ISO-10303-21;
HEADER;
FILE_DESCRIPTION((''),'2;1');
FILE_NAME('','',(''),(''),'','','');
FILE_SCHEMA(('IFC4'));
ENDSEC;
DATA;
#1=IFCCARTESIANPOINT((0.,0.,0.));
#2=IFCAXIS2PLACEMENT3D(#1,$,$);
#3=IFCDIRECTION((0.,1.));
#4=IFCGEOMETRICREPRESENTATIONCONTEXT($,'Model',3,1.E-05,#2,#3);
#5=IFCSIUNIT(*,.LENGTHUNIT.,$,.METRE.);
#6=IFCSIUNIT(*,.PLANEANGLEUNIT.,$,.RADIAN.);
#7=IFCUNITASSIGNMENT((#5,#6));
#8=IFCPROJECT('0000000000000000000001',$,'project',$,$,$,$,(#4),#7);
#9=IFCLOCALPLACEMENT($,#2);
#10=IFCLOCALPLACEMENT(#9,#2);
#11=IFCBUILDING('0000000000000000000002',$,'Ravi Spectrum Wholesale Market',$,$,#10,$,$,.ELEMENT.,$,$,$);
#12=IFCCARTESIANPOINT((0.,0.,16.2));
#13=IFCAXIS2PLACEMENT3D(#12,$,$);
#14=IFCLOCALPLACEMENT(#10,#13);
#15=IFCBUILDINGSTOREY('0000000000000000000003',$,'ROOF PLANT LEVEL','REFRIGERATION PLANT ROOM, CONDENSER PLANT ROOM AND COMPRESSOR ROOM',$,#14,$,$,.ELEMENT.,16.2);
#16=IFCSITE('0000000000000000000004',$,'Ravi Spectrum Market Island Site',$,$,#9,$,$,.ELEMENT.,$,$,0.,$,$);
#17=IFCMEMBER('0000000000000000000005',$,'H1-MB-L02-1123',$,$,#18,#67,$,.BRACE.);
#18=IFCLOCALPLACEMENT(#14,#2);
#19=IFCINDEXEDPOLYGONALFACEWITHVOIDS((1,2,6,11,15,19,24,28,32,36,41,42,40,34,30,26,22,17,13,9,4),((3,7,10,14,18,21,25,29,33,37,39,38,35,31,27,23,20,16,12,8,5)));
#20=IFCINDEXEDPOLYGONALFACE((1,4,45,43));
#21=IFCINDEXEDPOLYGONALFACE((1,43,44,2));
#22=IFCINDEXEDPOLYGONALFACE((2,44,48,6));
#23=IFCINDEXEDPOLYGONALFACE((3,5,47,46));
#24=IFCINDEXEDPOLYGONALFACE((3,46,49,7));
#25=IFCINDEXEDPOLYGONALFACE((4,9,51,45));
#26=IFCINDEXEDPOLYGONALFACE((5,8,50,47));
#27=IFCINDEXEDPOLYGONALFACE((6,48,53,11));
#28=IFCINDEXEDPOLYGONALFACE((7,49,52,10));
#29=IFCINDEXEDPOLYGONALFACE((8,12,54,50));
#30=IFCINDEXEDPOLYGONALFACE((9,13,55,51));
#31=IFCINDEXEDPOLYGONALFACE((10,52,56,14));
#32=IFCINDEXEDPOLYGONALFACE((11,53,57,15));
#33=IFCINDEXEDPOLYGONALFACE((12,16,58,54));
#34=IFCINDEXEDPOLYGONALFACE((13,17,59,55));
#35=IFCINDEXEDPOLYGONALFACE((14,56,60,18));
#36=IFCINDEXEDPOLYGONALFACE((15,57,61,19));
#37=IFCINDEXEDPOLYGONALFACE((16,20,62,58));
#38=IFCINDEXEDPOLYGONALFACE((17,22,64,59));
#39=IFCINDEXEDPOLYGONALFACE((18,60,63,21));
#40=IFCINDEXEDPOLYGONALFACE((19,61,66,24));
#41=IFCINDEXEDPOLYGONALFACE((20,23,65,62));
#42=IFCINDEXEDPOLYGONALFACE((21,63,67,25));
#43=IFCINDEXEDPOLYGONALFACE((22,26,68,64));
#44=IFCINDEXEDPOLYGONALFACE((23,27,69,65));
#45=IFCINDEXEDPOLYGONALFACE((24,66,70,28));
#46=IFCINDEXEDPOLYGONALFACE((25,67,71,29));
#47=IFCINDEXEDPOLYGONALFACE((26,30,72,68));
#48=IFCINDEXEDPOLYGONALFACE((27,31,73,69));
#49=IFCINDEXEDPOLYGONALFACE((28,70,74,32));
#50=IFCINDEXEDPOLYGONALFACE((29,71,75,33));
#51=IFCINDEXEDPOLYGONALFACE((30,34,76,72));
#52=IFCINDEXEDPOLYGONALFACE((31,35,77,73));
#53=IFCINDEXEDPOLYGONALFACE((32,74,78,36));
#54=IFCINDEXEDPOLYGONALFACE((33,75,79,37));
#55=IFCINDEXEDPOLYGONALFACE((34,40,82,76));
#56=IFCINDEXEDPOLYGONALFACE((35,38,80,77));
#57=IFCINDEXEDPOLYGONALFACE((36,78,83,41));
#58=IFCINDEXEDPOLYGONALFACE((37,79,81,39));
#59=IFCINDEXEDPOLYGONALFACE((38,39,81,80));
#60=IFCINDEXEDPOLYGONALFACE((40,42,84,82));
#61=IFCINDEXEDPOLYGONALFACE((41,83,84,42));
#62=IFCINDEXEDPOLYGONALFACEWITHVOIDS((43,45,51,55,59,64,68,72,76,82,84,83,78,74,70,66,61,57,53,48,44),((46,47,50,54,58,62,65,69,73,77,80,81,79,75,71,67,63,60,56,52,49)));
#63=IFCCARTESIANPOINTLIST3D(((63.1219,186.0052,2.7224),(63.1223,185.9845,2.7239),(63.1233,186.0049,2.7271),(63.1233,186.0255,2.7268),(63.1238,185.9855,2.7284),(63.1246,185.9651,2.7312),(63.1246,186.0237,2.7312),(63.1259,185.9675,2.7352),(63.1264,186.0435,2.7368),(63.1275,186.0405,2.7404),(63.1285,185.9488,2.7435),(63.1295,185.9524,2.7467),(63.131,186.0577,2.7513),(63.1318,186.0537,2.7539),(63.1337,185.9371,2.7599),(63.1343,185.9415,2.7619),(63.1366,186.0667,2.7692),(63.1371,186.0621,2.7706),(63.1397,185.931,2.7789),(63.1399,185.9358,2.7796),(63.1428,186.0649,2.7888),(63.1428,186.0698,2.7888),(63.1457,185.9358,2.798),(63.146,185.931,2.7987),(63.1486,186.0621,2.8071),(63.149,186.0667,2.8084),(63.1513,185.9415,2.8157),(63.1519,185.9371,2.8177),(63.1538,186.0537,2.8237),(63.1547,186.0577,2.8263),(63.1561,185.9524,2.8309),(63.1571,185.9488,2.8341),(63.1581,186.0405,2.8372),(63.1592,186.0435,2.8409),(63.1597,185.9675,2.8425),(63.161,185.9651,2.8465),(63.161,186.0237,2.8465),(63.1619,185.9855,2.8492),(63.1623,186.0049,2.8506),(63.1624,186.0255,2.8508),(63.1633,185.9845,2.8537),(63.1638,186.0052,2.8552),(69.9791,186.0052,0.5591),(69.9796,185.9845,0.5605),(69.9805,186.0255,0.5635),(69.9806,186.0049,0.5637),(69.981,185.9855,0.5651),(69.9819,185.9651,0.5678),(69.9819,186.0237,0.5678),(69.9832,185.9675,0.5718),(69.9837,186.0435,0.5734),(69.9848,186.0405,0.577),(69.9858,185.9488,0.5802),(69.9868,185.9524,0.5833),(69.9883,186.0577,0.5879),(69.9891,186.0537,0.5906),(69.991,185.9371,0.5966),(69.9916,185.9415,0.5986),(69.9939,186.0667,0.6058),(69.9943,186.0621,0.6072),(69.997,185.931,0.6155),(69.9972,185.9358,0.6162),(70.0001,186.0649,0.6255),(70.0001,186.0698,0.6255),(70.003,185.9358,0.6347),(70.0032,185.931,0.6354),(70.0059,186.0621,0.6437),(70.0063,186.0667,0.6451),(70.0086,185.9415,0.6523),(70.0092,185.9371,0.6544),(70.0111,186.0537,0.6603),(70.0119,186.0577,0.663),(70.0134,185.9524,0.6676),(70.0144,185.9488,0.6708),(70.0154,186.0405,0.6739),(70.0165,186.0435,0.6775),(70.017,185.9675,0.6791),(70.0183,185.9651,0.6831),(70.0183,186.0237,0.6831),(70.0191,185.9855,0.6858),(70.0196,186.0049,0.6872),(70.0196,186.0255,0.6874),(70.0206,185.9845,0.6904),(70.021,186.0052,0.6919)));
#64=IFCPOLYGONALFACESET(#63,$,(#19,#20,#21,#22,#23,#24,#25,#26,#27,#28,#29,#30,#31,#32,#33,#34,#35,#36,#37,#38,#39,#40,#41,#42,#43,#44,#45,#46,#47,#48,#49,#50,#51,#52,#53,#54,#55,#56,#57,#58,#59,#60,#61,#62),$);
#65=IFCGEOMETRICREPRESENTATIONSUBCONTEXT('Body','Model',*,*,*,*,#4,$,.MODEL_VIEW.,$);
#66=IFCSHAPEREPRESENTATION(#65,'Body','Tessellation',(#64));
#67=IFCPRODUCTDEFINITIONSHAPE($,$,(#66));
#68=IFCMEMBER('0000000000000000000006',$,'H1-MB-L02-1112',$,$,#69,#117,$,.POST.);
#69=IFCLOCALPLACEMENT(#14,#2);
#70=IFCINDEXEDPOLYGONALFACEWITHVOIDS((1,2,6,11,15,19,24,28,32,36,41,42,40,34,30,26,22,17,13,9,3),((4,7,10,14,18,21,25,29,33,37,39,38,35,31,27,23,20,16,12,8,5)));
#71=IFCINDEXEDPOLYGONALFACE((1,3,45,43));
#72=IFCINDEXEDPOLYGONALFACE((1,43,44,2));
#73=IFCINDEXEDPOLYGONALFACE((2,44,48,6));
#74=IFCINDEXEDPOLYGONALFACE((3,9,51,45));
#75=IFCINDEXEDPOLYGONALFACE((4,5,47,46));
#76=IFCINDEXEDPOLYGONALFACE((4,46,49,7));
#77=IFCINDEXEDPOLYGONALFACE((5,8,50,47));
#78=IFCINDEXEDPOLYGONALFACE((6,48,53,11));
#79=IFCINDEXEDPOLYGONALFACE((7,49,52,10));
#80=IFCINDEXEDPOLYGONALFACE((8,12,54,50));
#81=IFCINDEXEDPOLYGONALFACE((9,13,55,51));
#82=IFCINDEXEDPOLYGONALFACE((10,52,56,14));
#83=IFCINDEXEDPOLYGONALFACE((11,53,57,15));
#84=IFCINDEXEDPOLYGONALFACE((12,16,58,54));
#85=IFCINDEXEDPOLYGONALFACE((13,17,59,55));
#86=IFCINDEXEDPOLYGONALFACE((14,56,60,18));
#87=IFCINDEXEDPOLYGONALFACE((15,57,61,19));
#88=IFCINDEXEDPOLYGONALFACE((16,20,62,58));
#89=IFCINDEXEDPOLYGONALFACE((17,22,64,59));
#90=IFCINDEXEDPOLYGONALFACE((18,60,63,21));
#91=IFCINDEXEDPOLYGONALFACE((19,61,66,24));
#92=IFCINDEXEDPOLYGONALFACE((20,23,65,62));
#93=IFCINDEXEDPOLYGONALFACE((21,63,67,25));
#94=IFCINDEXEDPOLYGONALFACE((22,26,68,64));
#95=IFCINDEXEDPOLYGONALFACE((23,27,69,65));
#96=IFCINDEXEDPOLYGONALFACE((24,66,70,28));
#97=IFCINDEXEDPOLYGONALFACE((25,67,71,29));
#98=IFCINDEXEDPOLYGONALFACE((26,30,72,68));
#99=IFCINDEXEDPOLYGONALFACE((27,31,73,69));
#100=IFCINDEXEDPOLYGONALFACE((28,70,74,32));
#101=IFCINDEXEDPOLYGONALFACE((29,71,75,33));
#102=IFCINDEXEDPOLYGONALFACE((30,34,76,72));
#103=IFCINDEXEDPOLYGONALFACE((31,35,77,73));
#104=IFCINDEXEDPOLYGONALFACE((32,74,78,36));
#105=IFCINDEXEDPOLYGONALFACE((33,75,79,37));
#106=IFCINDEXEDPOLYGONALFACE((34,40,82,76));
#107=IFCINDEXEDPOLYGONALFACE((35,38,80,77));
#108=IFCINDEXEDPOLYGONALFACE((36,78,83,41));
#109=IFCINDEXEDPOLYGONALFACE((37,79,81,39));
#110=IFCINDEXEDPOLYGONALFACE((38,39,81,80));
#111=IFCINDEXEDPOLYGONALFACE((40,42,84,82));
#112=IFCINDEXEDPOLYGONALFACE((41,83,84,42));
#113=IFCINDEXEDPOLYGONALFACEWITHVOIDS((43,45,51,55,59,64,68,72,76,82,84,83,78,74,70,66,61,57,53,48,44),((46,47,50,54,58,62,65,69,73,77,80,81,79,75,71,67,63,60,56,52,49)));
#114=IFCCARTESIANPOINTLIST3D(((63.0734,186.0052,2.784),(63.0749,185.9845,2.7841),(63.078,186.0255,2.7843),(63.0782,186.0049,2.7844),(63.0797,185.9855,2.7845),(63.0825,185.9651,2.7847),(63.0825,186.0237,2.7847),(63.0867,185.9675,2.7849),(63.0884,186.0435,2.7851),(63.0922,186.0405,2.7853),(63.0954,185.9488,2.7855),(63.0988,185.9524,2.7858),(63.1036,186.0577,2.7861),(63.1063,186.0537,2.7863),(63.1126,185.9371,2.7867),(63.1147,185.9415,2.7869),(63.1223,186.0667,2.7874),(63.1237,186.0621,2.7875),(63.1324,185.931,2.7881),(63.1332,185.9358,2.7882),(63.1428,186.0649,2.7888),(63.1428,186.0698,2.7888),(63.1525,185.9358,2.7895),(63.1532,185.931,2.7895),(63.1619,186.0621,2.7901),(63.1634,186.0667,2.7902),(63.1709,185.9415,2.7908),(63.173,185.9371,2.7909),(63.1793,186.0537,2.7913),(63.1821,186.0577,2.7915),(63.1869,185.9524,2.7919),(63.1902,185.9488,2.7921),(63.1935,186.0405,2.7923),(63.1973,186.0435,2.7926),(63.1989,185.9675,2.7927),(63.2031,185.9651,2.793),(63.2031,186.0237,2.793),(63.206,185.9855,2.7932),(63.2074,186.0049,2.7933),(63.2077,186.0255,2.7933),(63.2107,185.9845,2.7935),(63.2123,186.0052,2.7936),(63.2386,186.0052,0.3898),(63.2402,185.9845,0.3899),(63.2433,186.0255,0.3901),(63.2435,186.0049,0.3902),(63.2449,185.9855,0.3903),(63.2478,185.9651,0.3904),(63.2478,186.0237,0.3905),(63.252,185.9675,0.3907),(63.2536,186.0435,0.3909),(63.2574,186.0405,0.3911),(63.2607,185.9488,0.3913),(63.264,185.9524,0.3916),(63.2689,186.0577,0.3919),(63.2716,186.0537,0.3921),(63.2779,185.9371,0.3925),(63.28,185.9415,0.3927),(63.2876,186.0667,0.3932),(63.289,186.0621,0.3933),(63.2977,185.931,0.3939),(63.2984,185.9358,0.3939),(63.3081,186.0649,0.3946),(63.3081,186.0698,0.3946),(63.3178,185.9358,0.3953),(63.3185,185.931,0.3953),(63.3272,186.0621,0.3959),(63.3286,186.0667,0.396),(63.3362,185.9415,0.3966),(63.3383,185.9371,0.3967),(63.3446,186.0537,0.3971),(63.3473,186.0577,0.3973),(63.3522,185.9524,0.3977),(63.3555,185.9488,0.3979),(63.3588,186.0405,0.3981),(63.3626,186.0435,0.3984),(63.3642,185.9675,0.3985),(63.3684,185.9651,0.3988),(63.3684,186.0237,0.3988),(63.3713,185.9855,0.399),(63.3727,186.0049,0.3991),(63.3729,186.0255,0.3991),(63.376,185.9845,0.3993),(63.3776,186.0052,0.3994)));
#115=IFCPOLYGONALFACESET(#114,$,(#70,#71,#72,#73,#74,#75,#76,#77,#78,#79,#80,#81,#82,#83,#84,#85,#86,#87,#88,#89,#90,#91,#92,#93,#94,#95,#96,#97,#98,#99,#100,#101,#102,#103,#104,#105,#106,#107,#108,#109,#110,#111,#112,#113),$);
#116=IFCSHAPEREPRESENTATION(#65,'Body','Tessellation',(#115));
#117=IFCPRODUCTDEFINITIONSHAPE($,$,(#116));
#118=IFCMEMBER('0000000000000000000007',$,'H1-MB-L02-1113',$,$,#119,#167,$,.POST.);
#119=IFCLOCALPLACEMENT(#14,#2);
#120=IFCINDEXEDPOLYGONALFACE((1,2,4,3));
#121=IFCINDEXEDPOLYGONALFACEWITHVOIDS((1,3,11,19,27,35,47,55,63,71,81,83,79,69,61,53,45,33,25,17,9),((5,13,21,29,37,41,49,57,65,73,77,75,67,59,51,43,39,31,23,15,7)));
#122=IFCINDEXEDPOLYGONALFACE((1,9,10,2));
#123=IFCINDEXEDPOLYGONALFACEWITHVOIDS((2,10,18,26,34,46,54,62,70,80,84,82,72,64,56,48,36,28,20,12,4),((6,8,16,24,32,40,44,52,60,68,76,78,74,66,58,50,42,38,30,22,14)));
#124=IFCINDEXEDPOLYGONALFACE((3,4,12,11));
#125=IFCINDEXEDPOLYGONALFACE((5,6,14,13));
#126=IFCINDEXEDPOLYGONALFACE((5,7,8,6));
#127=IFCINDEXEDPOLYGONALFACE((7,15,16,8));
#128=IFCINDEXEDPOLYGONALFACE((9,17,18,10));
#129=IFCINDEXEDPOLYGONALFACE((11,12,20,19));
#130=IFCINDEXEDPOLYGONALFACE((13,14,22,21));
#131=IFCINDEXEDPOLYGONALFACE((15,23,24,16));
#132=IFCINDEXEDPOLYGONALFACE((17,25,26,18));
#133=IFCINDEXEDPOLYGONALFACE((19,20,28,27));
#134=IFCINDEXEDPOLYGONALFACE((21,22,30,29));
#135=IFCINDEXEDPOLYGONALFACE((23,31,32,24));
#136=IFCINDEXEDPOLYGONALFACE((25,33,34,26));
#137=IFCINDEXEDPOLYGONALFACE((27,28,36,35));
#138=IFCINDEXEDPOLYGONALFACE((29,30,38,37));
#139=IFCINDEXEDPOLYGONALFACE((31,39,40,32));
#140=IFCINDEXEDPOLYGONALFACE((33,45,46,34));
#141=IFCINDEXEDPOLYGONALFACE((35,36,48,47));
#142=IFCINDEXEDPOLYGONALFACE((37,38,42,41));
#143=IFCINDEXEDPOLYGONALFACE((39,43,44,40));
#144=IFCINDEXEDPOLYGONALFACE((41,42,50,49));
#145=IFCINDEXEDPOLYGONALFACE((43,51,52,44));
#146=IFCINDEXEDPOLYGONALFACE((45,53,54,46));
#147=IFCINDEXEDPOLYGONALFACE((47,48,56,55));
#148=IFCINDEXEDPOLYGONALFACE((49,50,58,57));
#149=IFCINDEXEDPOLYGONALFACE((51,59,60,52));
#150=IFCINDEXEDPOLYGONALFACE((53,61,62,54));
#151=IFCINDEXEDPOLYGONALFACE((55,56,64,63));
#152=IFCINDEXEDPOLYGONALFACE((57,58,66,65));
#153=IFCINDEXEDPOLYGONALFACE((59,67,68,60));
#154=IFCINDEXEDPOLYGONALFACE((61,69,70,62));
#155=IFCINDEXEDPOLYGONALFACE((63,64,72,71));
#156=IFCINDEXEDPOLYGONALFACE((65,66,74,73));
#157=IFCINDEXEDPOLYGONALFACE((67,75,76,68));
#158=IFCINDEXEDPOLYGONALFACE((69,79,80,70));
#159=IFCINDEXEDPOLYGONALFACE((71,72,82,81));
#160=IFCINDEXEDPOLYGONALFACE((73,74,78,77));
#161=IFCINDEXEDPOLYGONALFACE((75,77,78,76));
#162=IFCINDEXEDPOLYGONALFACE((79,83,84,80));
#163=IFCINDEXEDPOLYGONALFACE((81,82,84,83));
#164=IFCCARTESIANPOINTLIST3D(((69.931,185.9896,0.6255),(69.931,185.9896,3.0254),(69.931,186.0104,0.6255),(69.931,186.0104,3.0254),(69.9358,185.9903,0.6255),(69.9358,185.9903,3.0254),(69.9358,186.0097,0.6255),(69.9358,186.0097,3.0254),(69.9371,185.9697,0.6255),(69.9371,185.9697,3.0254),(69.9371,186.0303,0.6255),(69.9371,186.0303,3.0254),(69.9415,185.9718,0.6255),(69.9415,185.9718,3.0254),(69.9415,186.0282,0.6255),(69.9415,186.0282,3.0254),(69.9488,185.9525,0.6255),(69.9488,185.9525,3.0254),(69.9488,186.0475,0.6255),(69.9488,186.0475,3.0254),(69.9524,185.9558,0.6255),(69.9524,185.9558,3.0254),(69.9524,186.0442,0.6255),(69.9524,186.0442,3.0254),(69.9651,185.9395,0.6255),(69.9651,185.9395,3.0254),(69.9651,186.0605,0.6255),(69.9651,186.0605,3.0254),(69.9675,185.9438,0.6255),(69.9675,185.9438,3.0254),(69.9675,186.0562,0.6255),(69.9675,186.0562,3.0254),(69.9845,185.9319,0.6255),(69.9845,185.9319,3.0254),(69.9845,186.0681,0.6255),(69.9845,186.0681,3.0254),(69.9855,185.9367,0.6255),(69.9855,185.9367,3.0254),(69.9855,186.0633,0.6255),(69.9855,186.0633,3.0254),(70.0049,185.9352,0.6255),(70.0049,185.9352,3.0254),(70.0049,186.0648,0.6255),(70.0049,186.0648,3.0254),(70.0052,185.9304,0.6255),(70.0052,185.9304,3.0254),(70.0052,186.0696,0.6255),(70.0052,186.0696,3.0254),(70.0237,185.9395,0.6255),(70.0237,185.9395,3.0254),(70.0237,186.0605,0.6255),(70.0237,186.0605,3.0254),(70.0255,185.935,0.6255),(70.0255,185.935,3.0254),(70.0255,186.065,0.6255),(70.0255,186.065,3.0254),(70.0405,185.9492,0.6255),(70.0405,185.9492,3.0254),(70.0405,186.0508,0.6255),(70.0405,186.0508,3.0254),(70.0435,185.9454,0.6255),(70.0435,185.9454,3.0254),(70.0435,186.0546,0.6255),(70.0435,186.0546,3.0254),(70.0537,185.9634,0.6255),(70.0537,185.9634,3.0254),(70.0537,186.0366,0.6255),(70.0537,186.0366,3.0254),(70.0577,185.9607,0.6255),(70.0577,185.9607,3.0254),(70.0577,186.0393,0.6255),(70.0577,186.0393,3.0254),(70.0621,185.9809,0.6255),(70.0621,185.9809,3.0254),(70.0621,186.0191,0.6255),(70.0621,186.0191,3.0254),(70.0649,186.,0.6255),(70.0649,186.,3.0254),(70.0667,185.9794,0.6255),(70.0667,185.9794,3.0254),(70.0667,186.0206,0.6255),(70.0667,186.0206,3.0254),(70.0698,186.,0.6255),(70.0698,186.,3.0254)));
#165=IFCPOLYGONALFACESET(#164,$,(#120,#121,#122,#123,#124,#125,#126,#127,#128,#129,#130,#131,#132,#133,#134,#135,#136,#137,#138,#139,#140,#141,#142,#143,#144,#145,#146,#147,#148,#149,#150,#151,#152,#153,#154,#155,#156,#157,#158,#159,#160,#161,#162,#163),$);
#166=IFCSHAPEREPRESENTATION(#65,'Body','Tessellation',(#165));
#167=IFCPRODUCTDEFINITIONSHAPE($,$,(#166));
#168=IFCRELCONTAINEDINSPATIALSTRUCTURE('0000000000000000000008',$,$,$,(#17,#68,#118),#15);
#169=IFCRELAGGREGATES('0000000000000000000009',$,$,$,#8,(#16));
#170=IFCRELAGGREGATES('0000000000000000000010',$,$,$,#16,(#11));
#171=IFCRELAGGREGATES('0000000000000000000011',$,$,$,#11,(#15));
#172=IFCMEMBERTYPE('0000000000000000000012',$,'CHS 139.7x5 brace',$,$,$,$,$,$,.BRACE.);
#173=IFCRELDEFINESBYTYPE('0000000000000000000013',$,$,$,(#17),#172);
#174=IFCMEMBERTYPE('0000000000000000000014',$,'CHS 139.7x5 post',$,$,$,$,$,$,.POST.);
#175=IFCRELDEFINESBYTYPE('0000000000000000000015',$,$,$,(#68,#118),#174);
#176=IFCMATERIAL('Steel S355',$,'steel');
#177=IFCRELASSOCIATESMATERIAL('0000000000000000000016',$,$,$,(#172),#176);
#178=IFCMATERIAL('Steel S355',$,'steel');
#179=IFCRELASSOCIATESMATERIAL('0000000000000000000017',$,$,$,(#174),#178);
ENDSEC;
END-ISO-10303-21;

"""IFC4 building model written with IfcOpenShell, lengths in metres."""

from ifc_helpers import new_model, si_unit, direction, frame, origin, origin_2d, place, context, subcontext, project, spatial, hollow_circle, extrude, material, material_profile, profile_set, type_object, element, save


model = new_model("IFC4")

# Units and contexts
model_context = context("Model", 3, precision=1e-05, world=origin(), true_north=direction((0.0, 1.0)))
body_context = subcontext(model_context, "Body", "Model", "MODEL_VIEW")
ifc_project = project(units=[si_unit("LENGTHUNIT", "METRE"), si_unit("PLANEANGLEUNIT", "RADIAN")], contexts=[model_context])

# Site, building, storey
site_placement = place(None, origin())
site = spatial("IfcSite", under=ifc_project, at=site_placement, Name="Ravi Spectrum Market Island Site", CompositionType="ELEMENT", RefElevation=0.0)
building_placement = place(site_placement, origin())
building = spatial("IfcBuilding", under=site, at=building_placement, Name="Ravi Spectrum Wholesale Market", CompositionType="ELEMENT")
storey_placement = place(building_placement, frame((0.0, 0.0, 16.2)))
storey = spatial("IfcBuildingStorey", under=building, at=storey_placement, Name="ROOF PLANT LEVEL", Description="REFRIGERATION PLANT ROOM, CONDENSER PLANT ROOM AND COMPRESSOR ROOM", CompositionType="ELEMENT", Elevation=16.2)

# Members
ifc_material_1 = material(Name="Steel S355", Category="steel")
ifc_material_profile_1 = material_profile(ifc_material_1, hollow_circle(Radius=0.0698, WallThickness=0.0049, at=origin_2d()))
ifc_profile_set_1 = profile_set([ifc_material_profile_1], Name="Steel S355")
member_type_1 = type_object("IfcMemberType", Name="CHS 139.7x5 brace", PredefinedType="BRACE", material=ifc_profile_set_1)
member_1_placement = place(storey_placement, frame((63.1428, 186.0, 2.7888), z_axis=(0.953666, 0.0, -0.300866), x_axis=(0.0, 1.0, 0.0)))
element("IfcMember", 1, at=member_1_placement, inside=storey, type_object=member_type_1, Name="H1-MB-L02-1123", PredefinedType="BRACE", context=body_context, shape_type="SweptSolid", body=[
    extrude(hollow_circle(Radius=0.0698, WallThickness=0.0049, at=origin_2d()), origin(), (0.0, 0.0, 1.0), 7.1904),
])
ifc_material_2 = material(Name="Steel S355", Category="steel")
ifc_material_profile_2 = material_profile(ifc_material_2, hollow_circle(Radius=0.0698, WallThickness=0.0049, at=origin_2d()))
ifc_profile_set_2 = profile_set([ifc_material_profile_2], Name="Steel S355")
member_type_2 = type_object("IfcMemberType", Name="CHS 139.7x5 post", PredefinedType="POST", material=ifc_profile_set_2)
for number, where, z_axis, x_axis, name in (
    (2, (63.1428, 186.0, 2.7888), (0.068868, 0.0, -0.997626), (0.0, 1.0, 0.0), "H1-MB-L02-1112"),
    (3, (70.0, 186.0, 3.0254), (0.0, 0.0, -1.0), (1.0, 0.0, 0.0), "H1-MB-L02-1113"),
):
    element("IfcMember", number, at=place(storey_placement, frame(where, z_axis=z_axis, x_axis=x_axis)), inside=storey, type_object=member_type_2, Name=name, PredefinedType="POST", context=body_context, shape_type="SweptSolid", body=[
        extrude(hollow_circle(Radius=0.0698, WallThickness=0.0049, at=origin_2d()), origin(), (0.0, 0.0, 1.0), 2.3999),
    ])

save(model, "model.ifc")
